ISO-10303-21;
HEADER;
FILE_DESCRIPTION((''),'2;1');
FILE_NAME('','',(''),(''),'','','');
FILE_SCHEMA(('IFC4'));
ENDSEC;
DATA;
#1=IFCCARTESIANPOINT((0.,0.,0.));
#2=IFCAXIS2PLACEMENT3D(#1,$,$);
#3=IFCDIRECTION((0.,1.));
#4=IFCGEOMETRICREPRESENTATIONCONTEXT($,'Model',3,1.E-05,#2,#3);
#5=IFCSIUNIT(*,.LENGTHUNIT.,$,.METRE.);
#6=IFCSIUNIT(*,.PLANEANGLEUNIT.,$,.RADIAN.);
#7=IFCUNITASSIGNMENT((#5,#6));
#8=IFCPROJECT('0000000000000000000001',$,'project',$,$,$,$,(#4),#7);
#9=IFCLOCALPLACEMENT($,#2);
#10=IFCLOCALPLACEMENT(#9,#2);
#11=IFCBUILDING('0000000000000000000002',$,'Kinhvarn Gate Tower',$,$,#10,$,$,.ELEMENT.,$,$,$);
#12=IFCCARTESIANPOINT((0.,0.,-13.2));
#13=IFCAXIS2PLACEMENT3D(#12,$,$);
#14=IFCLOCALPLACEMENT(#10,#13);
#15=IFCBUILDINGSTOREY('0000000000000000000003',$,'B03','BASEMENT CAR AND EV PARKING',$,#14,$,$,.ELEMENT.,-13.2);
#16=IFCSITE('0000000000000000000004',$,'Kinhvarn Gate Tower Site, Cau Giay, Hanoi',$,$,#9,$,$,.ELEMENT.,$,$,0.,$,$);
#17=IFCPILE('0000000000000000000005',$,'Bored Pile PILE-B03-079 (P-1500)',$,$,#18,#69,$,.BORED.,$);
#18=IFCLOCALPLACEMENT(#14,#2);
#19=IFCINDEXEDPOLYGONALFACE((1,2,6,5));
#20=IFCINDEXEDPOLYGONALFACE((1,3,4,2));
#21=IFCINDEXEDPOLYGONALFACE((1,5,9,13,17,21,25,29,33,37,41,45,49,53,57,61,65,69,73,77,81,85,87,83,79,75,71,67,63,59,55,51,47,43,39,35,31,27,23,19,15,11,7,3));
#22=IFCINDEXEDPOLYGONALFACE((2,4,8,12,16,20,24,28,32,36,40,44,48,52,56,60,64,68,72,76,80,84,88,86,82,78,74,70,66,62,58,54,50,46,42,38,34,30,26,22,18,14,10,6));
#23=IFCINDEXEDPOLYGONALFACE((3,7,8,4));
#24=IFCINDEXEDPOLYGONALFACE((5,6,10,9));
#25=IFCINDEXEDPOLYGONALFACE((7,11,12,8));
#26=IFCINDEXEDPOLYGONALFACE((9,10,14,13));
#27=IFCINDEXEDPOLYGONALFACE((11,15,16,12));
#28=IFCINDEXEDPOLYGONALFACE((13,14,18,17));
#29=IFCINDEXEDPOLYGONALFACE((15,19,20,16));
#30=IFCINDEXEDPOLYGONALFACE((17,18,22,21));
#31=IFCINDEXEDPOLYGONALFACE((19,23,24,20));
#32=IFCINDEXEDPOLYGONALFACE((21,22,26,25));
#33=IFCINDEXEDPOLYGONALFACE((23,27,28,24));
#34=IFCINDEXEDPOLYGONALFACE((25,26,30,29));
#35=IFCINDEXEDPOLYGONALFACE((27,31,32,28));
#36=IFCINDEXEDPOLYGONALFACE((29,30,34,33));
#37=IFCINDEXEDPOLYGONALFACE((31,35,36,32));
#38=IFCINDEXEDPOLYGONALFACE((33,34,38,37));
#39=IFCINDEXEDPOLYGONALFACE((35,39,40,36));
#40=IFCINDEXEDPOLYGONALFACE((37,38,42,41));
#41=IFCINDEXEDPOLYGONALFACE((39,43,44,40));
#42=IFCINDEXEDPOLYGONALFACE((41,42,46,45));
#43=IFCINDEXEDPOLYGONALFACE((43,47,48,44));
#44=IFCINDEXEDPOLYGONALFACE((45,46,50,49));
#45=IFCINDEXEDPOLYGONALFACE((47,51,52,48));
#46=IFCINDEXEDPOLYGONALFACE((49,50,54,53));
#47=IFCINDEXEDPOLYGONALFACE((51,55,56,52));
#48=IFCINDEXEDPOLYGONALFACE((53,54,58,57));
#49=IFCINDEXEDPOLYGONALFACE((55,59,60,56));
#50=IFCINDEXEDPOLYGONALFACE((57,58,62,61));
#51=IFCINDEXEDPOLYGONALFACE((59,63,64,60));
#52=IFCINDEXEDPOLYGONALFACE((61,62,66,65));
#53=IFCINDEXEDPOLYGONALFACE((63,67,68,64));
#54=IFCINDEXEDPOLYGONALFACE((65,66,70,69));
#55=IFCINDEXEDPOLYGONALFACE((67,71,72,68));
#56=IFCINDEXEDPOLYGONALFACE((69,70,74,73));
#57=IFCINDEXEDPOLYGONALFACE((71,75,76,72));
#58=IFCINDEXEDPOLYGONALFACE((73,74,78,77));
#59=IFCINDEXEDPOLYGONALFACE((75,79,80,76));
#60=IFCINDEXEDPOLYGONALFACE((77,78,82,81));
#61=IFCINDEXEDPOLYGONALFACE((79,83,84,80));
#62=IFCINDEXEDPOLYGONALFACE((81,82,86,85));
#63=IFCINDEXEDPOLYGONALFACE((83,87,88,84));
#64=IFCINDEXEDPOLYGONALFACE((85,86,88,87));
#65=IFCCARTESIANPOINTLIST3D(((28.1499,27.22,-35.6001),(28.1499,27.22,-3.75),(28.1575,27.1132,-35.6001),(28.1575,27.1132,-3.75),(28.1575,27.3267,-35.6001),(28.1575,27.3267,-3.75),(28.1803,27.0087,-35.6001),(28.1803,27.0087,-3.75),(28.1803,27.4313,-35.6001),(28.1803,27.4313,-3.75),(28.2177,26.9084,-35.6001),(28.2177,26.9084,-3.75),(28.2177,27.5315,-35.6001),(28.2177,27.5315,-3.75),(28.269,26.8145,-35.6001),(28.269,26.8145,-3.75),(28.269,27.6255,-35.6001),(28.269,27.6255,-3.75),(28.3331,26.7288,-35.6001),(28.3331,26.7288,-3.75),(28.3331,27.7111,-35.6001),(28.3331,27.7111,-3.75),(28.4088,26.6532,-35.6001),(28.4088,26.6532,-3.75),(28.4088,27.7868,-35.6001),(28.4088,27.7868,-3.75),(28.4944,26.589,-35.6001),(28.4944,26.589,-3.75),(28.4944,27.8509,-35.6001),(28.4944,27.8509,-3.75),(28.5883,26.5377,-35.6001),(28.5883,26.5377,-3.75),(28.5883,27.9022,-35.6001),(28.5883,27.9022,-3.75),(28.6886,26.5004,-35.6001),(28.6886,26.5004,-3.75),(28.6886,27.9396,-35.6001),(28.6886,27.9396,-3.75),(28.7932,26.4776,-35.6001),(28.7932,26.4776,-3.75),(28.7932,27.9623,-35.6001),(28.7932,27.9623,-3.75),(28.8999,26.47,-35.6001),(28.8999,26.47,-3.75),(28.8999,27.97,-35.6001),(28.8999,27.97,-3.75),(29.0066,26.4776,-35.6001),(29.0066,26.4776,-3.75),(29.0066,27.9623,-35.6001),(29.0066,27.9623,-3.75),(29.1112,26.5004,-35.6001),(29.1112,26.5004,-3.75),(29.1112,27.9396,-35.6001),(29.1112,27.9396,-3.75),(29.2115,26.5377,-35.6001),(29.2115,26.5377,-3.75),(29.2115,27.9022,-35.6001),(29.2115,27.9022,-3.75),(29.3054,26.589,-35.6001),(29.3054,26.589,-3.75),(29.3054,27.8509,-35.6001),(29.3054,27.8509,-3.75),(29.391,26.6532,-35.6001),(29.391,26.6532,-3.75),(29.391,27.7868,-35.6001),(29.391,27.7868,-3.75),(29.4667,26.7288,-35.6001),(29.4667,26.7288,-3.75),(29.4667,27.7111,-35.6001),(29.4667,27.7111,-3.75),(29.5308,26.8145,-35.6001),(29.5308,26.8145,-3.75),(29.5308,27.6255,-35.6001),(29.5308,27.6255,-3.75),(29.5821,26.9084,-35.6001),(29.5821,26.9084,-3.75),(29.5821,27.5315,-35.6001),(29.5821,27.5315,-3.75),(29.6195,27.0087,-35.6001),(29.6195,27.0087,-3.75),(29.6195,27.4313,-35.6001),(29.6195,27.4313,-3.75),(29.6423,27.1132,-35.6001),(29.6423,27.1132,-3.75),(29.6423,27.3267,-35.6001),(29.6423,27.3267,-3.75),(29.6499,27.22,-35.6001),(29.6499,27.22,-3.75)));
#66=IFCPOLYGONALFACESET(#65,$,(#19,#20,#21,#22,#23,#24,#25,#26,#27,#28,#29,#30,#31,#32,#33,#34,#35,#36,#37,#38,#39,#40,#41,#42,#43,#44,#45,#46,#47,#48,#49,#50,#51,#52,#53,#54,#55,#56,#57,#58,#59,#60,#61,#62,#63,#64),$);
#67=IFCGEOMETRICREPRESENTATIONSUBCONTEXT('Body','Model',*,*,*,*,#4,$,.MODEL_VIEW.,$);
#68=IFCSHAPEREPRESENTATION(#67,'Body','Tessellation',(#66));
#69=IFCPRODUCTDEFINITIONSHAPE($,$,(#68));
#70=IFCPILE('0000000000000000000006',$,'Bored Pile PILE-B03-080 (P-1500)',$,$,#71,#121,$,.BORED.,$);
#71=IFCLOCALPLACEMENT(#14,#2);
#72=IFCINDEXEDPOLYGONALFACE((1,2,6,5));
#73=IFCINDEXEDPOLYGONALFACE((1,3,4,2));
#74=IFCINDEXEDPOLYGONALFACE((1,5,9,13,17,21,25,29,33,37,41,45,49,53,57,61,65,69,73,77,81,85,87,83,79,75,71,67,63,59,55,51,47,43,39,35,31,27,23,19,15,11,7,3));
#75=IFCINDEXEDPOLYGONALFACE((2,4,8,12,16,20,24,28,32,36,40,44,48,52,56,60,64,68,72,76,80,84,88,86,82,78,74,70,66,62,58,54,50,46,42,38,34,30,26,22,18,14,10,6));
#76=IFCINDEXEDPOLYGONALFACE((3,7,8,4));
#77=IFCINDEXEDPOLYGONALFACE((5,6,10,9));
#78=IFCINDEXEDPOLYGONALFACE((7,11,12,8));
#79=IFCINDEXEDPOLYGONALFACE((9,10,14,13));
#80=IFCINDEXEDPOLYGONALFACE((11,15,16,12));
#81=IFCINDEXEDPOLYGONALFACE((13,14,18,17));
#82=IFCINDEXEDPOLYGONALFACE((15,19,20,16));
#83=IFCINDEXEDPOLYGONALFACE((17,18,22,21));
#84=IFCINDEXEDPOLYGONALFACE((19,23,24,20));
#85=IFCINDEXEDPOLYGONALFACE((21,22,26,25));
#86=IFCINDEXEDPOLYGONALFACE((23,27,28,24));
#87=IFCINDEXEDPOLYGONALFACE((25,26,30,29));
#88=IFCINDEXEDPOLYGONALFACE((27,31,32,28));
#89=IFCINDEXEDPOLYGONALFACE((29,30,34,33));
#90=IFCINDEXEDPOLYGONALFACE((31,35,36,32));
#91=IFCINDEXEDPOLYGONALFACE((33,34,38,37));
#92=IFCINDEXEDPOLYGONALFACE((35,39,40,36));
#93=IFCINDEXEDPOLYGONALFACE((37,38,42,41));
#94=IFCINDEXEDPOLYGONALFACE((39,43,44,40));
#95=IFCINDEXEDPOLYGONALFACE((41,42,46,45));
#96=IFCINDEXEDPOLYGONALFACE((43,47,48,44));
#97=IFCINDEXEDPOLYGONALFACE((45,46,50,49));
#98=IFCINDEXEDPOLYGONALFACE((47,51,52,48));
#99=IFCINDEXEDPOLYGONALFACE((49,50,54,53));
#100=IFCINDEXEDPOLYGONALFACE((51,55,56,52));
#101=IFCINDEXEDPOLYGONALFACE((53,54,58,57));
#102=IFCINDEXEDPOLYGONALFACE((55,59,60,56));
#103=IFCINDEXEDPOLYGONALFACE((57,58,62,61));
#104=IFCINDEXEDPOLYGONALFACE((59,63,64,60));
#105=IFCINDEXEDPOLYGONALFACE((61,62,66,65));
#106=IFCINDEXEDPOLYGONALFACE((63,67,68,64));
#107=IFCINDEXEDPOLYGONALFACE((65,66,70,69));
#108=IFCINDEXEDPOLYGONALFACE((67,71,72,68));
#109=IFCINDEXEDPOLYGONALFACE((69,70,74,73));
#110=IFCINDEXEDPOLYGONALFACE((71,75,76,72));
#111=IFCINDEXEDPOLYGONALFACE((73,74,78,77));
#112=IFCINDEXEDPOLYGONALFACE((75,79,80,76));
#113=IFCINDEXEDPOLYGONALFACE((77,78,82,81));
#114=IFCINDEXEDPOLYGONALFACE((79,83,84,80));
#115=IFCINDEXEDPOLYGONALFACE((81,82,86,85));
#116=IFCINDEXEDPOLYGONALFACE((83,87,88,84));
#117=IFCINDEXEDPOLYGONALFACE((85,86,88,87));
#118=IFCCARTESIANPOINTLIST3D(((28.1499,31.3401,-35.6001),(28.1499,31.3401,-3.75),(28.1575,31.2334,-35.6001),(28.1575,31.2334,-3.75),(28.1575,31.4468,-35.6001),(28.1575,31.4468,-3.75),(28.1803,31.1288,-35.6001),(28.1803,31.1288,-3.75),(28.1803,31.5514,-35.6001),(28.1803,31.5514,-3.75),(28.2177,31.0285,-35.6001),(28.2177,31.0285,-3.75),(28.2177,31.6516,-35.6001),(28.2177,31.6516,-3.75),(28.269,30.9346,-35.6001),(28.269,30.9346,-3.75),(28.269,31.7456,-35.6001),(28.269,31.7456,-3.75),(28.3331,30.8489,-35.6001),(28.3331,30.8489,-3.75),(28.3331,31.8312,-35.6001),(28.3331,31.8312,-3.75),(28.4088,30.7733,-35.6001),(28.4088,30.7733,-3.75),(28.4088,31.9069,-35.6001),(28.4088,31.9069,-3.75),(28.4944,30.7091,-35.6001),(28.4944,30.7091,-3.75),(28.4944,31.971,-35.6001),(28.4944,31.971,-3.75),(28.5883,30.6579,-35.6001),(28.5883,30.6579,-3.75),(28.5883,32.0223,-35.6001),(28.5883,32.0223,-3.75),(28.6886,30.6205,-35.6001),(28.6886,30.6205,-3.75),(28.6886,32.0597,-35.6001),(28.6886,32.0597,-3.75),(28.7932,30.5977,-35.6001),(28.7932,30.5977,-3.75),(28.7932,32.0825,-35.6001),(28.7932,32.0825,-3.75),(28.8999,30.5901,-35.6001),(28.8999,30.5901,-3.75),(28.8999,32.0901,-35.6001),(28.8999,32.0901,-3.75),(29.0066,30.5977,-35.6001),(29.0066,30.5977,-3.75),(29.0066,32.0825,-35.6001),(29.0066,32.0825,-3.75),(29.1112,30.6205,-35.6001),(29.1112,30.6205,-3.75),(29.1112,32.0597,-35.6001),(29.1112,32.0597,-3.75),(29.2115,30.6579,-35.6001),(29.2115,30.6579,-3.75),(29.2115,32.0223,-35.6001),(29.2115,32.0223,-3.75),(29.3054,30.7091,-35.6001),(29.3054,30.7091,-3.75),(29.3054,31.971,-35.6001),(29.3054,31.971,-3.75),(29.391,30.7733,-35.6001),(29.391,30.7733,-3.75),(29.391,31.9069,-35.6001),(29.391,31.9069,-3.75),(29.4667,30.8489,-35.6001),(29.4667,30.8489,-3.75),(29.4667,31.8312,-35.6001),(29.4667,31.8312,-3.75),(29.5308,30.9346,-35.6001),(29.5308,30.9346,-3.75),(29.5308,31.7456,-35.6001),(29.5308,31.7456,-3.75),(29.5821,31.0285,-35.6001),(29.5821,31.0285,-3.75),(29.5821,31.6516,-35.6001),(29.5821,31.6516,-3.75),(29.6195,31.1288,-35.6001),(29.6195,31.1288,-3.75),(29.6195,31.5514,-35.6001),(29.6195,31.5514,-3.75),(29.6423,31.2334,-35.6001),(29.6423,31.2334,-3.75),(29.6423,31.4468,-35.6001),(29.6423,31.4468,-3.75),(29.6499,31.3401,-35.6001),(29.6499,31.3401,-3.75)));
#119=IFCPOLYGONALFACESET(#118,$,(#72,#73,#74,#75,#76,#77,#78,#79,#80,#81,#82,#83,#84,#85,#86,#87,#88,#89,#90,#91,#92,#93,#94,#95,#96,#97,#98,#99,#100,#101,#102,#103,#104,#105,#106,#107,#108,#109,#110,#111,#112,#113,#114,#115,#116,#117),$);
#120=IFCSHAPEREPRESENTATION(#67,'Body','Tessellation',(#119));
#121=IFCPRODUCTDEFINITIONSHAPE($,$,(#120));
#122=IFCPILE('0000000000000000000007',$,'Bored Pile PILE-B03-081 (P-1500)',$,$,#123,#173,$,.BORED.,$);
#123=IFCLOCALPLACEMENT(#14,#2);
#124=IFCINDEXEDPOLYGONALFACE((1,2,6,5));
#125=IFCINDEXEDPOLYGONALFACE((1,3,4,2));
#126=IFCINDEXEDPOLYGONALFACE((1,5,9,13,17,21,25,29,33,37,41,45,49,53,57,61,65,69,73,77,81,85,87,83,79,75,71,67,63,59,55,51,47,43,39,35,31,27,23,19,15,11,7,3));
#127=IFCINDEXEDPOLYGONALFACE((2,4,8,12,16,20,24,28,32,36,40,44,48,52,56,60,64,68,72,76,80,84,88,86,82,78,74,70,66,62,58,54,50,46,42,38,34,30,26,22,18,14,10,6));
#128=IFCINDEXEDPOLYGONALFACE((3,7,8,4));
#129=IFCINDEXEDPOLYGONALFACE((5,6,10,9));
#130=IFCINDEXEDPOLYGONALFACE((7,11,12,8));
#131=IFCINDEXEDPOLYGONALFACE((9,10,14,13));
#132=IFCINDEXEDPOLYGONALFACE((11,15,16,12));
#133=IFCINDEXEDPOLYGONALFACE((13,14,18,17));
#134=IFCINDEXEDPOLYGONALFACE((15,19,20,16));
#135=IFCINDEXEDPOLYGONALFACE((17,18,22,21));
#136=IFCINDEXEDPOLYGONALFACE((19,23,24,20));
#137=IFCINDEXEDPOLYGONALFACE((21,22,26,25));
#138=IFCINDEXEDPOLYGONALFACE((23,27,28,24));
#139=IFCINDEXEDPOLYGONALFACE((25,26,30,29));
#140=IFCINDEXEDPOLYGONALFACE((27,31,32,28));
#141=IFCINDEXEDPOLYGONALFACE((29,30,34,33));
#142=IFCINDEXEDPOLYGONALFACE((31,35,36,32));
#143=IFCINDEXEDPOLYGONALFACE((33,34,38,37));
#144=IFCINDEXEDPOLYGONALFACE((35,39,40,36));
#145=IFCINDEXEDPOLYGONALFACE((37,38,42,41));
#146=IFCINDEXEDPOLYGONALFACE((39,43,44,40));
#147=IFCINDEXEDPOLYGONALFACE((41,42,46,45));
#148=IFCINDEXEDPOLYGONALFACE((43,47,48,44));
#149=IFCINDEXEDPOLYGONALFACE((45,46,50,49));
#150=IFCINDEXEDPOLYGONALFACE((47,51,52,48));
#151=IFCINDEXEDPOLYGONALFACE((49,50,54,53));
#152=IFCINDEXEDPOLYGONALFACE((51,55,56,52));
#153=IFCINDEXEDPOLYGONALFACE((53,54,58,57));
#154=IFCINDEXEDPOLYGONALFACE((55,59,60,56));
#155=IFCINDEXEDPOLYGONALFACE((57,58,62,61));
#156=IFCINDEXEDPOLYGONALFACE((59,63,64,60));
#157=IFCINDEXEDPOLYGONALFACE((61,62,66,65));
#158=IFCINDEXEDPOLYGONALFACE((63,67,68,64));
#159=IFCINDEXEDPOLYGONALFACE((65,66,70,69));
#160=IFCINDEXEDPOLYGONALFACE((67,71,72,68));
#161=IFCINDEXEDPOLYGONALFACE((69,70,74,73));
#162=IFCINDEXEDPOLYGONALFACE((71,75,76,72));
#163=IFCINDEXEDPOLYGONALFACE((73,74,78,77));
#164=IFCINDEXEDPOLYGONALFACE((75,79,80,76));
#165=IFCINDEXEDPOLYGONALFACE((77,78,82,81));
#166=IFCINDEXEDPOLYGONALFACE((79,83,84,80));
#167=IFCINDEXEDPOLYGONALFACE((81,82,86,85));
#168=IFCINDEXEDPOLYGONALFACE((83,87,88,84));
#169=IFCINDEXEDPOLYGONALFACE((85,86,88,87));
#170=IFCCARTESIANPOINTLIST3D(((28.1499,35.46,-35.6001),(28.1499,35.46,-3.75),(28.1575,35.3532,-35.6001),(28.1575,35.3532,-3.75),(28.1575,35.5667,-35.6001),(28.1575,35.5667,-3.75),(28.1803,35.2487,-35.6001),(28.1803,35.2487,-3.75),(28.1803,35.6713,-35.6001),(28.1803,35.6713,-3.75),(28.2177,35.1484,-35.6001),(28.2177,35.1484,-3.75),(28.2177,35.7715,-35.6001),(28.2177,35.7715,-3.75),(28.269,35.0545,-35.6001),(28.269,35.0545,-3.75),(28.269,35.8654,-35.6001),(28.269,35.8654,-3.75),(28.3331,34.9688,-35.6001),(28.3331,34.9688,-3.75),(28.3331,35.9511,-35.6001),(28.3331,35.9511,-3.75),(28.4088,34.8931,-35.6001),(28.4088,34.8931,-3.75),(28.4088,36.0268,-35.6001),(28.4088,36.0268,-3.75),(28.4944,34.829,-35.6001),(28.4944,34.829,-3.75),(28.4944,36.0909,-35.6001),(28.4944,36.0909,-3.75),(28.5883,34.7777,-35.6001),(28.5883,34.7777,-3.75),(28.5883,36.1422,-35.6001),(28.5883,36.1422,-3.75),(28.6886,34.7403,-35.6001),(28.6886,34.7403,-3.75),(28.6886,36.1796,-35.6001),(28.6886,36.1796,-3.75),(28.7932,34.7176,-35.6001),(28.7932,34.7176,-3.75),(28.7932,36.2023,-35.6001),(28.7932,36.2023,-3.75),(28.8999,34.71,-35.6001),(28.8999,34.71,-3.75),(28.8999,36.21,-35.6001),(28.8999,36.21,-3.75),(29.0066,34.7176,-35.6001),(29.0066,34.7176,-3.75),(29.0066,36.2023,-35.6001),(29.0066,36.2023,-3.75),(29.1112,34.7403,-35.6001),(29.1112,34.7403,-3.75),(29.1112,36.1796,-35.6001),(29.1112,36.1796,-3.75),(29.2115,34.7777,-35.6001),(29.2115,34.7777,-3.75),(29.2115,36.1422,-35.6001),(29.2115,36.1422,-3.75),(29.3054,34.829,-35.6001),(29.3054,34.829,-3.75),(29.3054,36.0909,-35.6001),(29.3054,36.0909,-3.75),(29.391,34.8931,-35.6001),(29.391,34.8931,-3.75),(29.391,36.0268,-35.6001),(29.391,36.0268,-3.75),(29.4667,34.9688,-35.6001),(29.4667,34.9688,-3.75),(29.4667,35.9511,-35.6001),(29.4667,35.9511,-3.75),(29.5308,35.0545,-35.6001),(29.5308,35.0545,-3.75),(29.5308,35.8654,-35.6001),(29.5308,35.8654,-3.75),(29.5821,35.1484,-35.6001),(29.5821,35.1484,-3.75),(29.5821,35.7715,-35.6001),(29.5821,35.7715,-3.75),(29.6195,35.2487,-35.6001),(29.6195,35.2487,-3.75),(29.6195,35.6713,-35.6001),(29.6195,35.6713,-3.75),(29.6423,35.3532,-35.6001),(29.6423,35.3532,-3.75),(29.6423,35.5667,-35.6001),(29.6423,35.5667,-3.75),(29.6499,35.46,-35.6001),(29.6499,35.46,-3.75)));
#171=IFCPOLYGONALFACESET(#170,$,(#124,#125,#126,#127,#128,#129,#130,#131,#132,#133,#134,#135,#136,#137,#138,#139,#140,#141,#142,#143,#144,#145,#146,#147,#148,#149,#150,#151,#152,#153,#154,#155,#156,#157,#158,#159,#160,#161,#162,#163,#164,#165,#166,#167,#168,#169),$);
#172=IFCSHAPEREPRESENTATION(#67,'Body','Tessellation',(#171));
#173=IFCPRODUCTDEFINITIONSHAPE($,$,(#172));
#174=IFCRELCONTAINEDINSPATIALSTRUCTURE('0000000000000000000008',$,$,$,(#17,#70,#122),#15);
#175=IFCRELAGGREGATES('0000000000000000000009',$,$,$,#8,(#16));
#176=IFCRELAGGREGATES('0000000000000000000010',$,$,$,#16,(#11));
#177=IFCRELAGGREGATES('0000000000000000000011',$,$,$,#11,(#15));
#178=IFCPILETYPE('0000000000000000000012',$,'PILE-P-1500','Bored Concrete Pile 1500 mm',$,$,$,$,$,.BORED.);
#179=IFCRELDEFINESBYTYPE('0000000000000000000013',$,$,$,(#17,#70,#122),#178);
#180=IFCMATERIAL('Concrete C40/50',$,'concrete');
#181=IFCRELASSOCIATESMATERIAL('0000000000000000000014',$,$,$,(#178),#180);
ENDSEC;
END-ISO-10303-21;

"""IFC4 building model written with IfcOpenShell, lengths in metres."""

from ifc_helpers import new_model, si_unit, direction, frame, origin, origin_2d, place, context, subcontext, project, spatial, circle, extrude, material, material_profile, profile_set, type_object, element, save


model = new_model("IFC4")

# Units and contexts
model_context = context("Model", 3, precision=1e-05, world=origin(), true_north=direction((0.0, 1.0)))
body_context = subcontext(model_context, "Body", "Model", "MODEL_VIEW")
ifc_project = project(units=[si_unit("LENGTHUNIT", "METRE"), si_unit("PLANEANGLEUNIT", "RADIAN")], contexts=[model_context])

# Site, building, storey
site_placement = place(None, origin())
site = spatial("IfcSite", under=ifc_project, at=site_placement, Name="Kinhvarn Gate Tower Site, Cau Giay, Hanoi", CompositionType="ELEMENT", RefElevation=0.0)
building_placement = place(site_placement, origin())
building = spatial("IfcBuilding", under=site, at=building_placement, Name="Kinhvarn Gate Tower", CompositionType="ELEMENT")
storey_placement = place(building_placement, frame((0.0, 0.0, -13.2)))
storey = spatial("IfcBuildingStorey", under=building, at=storey_placement, Name="B03", Description="BASEMENT CAR AND EV PARKING", CompositionType="ELEMENT", Elevation=-13.2)

# Piles
ifc_material = material(Name="Concrete C40/50", Category="concrete")
ifc_material_profile_1 = material_profile(ifc_material, circle(Radius=0.75, at=origin_2d()), Name="PILE D1500")
ifc_profile_set_1 = profile_set([ifc_material_profile_1], Name="Concrete C40/50")
pile_type_1 = type_object("IfcPileType", Name="PILE-P-1500", Description="Bored Concrete Pile 1500 mm", PredefinedType="BORED", material=ifc_profile_set_1)
for number, where, z_axis, x_axis, name in (
    (1, (28.8999, 27.22, -35.6001), (0.0, 0.0, 1.0), (1.0, 0.0, 0.0), "Bored Pile PILE-B03-079 (P-1500)"),
    (2, (28.8999, 31.3401, -35.6001), (0.0, 0.0, 1.0), (1.0, 0.0, 0.0), "Bored Pile PILE-B03-080 (P-1500)"),
    (3, (28.8999, 35.46, -35.6001), (0.0, 0.0, 1.0), (1.0, 0.0, 0.0), "Bored Pile PILE-B03-081 (P-1500)"),
):
    element("IfcPile", number, at=place(storey_placement, frame(where, z_axis=z_axis, x_axis=x_axis)), inside=storey, type_object=pile_type_1, Name=name, PredefinedType="BORED", context=body_context, shape_type="SweptSolid", body=[
        extrude(circle(Radius=0.75, at=origin_2d()), origin(), (0.0, 0.0, 1.0), 31.8501),
    ])

save(model, "model.ifc")
